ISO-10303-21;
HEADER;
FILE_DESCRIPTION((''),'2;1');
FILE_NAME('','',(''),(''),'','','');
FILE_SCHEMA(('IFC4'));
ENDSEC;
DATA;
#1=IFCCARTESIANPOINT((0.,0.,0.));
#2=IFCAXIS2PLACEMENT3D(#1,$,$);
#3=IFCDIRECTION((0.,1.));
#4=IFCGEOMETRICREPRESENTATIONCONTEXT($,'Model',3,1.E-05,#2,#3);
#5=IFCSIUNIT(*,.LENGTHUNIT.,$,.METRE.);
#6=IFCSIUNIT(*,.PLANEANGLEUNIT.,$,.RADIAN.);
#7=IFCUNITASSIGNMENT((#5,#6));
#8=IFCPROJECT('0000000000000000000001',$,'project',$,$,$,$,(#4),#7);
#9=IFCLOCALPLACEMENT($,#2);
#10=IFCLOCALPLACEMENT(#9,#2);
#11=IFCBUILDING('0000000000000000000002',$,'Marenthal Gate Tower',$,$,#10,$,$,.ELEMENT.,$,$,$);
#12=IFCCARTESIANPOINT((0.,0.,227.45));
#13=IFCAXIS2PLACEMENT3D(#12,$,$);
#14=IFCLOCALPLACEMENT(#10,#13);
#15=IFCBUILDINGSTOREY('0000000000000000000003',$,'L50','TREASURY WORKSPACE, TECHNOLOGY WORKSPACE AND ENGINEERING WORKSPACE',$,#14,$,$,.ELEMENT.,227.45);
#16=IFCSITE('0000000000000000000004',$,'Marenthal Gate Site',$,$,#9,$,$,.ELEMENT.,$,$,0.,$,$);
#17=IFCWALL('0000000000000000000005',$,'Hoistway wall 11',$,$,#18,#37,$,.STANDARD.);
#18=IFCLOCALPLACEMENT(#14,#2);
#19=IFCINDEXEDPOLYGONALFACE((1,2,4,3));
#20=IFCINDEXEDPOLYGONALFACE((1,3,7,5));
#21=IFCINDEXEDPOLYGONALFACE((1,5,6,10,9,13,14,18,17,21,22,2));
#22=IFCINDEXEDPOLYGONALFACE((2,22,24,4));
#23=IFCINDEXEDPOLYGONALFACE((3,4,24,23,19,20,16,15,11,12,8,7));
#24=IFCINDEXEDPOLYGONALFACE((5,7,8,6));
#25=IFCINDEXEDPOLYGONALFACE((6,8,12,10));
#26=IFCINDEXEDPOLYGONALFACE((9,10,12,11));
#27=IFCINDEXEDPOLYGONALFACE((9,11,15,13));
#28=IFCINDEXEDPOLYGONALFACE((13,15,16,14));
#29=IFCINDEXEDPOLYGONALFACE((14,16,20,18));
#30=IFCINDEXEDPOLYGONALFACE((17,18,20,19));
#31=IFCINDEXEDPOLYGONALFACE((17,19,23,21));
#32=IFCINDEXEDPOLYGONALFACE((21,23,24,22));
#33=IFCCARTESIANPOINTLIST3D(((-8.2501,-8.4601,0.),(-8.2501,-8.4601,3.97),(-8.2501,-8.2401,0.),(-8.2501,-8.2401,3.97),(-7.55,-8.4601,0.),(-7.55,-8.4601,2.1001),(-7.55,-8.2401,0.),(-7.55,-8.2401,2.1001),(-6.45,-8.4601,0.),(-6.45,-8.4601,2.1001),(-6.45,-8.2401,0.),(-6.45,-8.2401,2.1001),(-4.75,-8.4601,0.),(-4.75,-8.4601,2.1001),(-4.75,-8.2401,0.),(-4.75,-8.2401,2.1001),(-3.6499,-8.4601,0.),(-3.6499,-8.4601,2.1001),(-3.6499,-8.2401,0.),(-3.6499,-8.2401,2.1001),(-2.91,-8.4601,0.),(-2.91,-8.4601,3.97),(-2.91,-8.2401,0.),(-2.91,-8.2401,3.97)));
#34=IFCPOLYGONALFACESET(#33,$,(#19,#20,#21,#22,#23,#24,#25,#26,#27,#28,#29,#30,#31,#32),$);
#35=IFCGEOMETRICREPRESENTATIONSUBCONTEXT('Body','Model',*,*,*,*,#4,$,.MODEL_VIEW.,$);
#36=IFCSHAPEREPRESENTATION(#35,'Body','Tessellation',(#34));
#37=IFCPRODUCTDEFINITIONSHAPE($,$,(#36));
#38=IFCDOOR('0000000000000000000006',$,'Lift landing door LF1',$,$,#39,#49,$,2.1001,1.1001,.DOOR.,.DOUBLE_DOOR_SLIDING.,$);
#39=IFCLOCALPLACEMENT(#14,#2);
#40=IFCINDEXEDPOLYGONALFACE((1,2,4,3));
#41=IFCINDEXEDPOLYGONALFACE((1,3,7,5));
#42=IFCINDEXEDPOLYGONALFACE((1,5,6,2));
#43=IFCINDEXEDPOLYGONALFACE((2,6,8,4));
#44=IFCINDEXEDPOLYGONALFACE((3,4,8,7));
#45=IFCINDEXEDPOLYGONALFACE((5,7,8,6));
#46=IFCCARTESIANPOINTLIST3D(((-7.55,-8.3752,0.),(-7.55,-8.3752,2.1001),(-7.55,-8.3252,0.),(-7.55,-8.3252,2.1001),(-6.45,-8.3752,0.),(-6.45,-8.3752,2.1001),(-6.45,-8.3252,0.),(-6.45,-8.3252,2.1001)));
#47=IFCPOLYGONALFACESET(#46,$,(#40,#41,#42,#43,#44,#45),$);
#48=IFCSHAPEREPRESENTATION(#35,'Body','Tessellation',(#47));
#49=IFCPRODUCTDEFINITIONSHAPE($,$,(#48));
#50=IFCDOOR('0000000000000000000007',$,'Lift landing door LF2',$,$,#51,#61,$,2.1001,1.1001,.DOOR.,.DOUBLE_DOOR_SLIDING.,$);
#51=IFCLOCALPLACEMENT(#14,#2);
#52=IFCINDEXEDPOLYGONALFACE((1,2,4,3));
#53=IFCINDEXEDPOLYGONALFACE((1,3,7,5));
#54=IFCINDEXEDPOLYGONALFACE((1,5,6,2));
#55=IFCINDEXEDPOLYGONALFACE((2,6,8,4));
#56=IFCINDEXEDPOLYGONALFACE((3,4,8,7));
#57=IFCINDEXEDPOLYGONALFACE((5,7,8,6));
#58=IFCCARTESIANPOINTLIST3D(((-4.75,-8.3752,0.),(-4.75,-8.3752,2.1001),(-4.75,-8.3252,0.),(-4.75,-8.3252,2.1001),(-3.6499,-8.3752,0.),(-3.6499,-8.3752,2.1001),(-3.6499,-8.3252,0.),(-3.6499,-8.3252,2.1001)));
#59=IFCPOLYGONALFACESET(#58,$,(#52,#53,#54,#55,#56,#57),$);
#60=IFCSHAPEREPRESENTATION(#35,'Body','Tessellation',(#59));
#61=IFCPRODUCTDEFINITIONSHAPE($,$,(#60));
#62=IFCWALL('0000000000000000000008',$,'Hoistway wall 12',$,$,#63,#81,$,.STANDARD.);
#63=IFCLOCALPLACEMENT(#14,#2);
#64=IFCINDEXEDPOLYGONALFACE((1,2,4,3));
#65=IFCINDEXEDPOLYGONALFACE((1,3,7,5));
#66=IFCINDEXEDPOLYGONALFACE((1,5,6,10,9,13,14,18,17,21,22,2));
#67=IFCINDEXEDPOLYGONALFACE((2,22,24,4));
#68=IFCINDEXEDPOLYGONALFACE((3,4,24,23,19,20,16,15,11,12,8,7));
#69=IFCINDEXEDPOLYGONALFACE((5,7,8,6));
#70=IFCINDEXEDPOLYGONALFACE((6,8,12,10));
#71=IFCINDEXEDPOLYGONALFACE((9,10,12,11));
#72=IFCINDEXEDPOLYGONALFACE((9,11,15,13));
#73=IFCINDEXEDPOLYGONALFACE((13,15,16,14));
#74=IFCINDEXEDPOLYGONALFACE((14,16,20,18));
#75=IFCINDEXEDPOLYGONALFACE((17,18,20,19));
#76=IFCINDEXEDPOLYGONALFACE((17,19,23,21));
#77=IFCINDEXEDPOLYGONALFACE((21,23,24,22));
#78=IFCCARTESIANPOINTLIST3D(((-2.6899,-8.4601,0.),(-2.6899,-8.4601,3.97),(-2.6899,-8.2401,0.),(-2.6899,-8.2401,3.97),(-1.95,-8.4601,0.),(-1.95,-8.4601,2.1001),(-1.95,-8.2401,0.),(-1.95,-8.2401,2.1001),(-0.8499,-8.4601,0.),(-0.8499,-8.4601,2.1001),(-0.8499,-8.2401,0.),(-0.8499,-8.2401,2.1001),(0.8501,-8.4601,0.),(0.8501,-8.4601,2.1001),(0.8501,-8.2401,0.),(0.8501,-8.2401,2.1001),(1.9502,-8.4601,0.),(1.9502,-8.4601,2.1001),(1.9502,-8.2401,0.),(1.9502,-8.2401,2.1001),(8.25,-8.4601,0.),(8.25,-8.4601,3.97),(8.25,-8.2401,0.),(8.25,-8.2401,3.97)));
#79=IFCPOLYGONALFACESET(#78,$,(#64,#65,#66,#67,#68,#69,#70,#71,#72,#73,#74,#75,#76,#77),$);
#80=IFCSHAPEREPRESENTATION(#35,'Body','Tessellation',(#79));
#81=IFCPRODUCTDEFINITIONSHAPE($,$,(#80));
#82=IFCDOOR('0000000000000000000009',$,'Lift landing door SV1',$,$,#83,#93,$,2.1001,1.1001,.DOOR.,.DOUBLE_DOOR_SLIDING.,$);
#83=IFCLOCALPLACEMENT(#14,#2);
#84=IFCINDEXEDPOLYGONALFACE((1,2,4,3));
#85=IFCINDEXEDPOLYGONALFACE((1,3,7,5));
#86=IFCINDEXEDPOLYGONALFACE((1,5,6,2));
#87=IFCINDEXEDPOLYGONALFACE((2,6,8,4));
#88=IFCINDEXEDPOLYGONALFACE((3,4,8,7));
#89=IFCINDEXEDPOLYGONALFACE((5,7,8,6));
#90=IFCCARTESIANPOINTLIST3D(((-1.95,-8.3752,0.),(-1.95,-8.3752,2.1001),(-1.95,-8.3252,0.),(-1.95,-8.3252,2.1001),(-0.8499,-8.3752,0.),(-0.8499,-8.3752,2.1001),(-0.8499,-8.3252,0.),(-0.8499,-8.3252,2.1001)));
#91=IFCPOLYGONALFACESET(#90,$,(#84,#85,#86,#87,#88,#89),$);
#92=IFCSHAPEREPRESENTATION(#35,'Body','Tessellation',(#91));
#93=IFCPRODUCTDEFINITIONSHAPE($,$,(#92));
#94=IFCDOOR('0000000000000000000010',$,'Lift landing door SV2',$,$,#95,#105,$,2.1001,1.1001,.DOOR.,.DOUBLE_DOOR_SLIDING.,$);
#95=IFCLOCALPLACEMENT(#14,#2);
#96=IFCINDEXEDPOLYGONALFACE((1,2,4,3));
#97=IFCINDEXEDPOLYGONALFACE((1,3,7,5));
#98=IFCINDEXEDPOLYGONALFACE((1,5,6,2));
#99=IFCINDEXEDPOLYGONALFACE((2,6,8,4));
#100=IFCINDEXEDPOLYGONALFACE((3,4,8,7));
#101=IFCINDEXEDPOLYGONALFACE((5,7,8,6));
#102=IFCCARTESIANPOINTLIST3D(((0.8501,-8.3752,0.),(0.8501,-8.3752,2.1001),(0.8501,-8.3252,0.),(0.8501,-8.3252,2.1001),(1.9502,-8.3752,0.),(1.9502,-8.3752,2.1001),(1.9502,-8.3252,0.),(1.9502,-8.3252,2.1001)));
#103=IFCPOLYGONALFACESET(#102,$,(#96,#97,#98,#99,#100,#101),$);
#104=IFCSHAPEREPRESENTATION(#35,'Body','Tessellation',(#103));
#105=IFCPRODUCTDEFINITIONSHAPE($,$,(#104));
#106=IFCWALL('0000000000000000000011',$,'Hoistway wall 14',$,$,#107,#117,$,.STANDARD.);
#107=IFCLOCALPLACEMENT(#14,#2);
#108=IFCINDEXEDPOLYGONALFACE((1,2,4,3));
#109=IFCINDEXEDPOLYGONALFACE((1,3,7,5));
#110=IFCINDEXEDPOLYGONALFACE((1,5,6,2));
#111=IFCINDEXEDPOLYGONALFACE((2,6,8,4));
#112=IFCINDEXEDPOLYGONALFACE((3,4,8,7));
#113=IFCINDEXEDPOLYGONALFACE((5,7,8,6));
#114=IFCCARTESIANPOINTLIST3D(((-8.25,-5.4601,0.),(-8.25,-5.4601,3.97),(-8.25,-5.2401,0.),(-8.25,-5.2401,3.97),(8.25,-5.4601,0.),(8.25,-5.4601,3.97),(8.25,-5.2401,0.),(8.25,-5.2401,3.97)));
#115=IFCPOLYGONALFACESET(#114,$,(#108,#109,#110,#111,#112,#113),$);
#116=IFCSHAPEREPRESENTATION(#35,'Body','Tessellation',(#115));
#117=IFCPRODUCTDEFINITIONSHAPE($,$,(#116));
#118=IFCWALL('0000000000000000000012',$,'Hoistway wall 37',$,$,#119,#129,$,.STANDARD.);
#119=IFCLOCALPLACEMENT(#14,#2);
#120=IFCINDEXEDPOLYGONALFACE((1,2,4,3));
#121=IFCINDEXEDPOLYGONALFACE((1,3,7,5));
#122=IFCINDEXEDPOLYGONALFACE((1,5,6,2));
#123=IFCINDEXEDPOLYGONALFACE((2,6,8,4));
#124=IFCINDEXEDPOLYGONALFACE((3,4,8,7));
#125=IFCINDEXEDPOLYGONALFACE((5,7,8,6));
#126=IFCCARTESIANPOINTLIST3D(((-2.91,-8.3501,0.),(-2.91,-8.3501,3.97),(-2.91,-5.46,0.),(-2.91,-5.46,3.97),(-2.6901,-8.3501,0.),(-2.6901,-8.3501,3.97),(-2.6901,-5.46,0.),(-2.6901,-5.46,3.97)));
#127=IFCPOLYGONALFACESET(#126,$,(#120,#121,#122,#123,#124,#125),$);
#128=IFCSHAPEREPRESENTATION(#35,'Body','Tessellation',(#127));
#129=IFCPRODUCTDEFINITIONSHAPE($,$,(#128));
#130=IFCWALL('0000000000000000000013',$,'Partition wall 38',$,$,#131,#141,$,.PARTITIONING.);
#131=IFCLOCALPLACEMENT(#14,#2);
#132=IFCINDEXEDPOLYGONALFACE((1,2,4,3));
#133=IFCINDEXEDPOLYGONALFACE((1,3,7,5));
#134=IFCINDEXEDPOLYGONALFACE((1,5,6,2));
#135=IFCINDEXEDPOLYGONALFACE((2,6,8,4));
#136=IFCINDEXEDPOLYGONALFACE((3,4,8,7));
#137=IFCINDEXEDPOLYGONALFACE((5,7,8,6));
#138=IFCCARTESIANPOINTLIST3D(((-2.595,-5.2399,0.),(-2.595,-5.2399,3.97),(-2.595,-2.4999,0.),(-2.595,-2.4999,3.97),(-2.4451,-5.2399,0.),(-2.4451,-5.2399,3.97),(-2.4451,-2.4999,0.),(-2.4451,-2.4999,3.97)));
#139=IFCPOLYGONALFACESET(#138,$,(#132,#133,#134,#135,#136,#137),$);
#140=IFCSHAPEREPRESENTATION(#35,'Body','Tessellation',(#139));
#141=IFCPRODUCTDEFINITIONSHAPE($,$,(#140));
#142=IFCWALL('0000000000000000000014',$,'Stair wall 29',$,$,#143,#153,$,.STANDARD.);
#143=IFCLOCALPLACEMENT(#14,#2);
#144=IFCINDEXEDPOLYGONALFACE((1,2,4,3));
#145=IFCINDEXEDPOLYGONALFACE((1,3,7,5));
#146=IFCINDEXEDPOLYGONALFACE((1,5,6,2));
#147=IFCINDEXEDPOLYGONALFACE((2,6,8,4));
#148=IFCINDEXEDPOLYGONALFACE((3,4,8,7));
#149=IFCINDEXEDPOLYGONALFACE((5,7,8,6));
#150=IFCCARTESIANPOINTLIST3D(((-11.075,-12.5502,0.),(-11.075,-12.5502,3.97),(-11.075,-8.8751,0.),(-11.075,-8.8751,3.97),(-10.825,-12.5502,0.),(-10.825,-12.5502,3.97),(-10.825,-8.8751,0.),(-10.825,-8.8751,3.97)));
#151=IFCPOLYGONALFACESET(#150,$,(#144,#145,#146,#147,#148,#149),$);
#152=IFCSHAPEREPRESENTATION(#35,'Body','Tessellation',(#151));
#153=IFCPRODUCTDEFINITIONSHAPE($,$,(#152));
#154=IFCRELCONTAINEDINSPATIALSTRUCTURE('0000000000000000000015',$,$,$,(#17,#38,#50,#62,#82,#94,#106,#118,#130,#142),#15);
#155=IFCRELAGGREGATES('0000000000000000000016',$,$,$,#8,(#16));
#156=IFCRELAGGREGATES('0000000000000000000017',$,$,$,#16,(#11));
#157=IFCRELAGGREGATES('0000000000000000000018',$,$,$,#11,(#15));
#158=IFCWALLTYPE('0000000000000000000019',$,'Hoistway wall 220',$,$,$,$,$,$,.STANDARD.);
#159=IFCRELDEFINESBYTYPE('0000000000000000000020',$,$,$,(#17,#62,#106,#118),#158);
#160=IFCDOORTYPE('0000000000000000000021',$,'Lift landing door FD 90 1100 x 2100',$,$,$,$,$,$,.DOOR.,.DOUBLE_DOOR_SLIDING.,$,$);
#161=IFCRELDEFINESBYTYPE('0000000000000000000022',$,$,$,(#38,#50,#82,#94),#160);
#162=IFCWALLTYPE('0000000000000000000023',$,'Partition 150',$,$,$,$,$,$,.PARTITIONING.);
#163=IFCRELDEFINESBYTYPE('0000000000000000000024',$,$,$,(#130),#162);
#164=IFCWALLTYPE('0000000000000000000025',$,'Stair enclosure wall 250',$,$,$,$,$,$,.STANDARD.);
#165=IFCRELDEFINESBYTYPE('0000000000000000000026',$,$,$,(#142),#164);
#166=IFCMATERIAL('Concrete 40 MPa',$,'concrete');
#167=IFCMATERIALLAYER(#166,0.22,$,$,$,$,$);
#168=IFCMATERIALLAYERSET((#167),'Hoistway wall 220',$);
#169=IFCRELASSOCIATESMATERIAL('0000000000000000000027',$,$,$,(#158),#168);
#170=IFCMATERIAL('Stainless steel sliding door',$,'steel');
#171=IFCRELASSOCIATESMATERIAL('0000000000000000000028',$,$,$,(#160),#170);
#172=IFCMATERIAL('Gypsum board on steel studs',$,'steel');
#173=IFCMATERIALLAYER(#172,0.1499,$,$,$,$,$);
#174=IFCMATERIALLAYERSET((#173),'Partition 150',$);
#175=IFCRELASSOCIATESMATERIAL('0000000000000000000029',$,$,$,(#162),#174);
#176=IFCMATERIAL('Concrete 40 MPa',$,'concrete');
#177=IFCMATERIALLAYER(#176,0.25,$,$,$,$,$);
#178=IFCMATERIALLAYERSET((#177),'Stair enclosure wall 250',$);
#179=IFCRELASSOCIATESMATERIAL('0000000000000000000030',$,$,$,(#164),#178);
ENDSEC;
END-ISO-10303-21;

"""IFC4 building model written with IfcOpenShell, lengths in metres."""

from ifc_helpers import new_model, si_unit, direction, frame, frame_2d, origin, place, context, subcontext, project, spatial, rectangle, extrude, material, layer, layer_set, type_object, element, fill, save


model = new_model("IFC4")

# Units and contexts
model_context = context("Model", 3, precision=1e-05, world=origin(), true_north=direction((0.0, 1.0)))
body_context = subcontext(model_context, "Body", "Model", "MODEL_VIEW")
ifc_project = project(units=[si_unit("LENGTHUNIT", "METRE"), si_unit("PLANEANGLEUNIT", "RADIAN")], contexts=[model_context])

# Site, building, storey
site_placement = place(None, origin())
site = spatial("IfcSite", under=ifc_project, at=site_placement, Name="Marenthal Gate Site", CompositionType="ELEMENT", RefElevation=0.0)
building_placement = place(site_placement, origin())
building = spatial("IfcBuilding", under=site, at=building_placement, Name="Marenthal Gate Tower", CompositionType="ELEMENT")
storey_placement = place(building_placement, frame((0.0, 0.0, 227.45)))
storey = spatial("IfcBuildingStorey", under=building, at=storey_placement, Name="L50", Description="TREASURY WORKSPACE, TECHNOLOGY WORKSPACE AND ENGINEERING WORKSPACE", CompositionType="ELEMENT", Elevation=227.45)

# Walls, openings, doors
ifc_material_1 = material(Name="Concrete 40 MPa", Category="concrete")
ifc_layer_1 = layer(ifc_material_1, 0.22)
ifc_layer_set_1 = layer_set([ifc_layer_1], Name="Hoistway wall 220")
wall_type_1 = type_object("IfcWallType", Name="Hoistway wall 220", PredefinedType="STANDARD", material=ifc_layer_set_1)
wall_1_placement = place(storey_placement, frame((-8.25, -8.3501, 0.0), z_axis=(0.0, 0.0, 1.0), x_axis=(1.0, 0.0, 0.0)))
wall_1 = element("IfcWall", 1, at=wall_1_placement, inside=storey, type_object=wall_type_1, Name="Hoistway wall 11", PredefinedType="STANDARD", context=body_context, shape_type="SweptSolid", body=[
    extrude(rectangle(XDim=5.3401, YDim=0.22, at=frame_2d((2.6699, 0.0))), origin(), (0.0, 0.0, 1.0), 3.97),
])
opening_1_placement = place(wall_1_placement, frame((0.7, 0.0, 0.0)))
opening_1 = element("IfcOpeningElement", 2, at=opening_1_placement, cuts=wall_1, PredefinedType="OPENING", context=body_context, shape_type="SweptSolid", body=[
    extrude(rectangle(XDim=1.1001, YDim=2.1001, at=frame_2d((0.55, 1.05))), frame((0.0, 0.1201, 0.0), z_axis=(0.0, -1.0, 0.0), x_axis=(1.0, 0.0, 0.0)), (0.0, 0.0, 1.0), 0.24),
])
opening_2_placement = place(wall_1_placement, frame((3.5, 0.0, 0.0)))
opening_2 = element("IfcOpeningElement", 3, at=opening_2_placement, cuts=wall_1, PredefinedType="OPENING", context=body_context, shape_type="SweptSolid", body=[
    extrude(rectangle(XDim=1.1001, YDim=2.1001, at=frame_2d((0.55, 1.05))), frame((0.0, 0.1201, 0.0), z_axis=(0.0, -1.0, 0.0), x_axis=(1.0, 0.0, 0.0)), (0.0, 0.0, 1.0), 0.24),
])
ifc_material_2 = material(Name="Stainless steel sliding door", Category="steel")
door_type_1 = type_object("IfcDoorType", Name="Lift landing door FD 90 1100 x 2100", OperationType="DOUBLE_DOOR_SLIDING", PredefinedType="DOOR", material=ifc_material_2)
door_1_placement = place(opening_1_placement, origin())
door_1 = element("IfcDoor", 4, at=door_1_placement, inside=storey, type_object=door_type_1, Name="Lift landing door LF1", OperationType="DOUBLE_DOOR_SLIDING", OverallHeight=2.1001, OverallWidth=1.1001, PredefinedType="DOOR", context=body_context, shape_type="SweptSolid", body=[
    extrude(rectangle(XDim=1.1001, YDim=2.1001, at=frame_2d((0.55, 1.05))), frame((0.0, 0.0249, 0.0), z_axis=(0.0, -1.0, 0.0), x_axis=(1.0, 0.0, 0.0)), (0.0, 0.0, 1.0), 0.05),
])
fill(opening_1, door_1)
door_2_placement = place(opening_2_placement, origin())
door_2 = element("IfcDoor", 5, at=door_2_placement, inside=storey, type_object=door_type_1, Name="Lift landing door LF2", OperationType="DOUBLE_DOOR_SLIDING", OverallHeight=2.1001, OverallWidth=1.1001, PredefinedType="DOOR", context=body_context, shape_type="SweptSolid", body=[
    extrude(rectangle(XDim=1.1001, YDim=2.1001, at=frame_2d((0.55, 1.05))), frame((0.0, 0.0249, 0.0), z_axis=(0.0, -1.0, 0.0), x_axis=(1.0, 0.0, 0.0)), (0.0, 0.0, 1.0), 0.05),
])
fill(opening_2, door_2)
wall_2_placement = place(storey_placement, frame((-2.6899, -8.3501, 0.0), z_axis=(0.0, 0.0, 1.0), x_axis=(1.0, 0.0, 0.0)))
wall_2 = element("IfcWall", 6, at=wall_2_placement, inside=storey, type_object=wall_type_1, Name="Hoistway wall 12", PredefinedType="STANDARD", context=body_context, shape_type="SweptSolid", body=[
    extrude(rectangle(XDim=10.9399, YDim=0.22, at=frame_2d((5.47, 0.0))), origin(), (0.0, 0.0, 1.0), 3.97),
])
opening_3_placement = place(wall_2_placement, frame((0.74, 0.0, 0.0)))
opening_3 = element("IfcOpeningElement", 7, at=opening_3_placement, cuts=wall_2, PredefinedType="OPENING", context=body_context, shape_type="SweptSolid", body=[
    extrude(rectangle(XDim=1.1001, YDim=2.1001, at=frame_2d((0.55, 1.05))), frame((0.0, 0.1201, 0.0), z_axis=(0.0, -1.0, 0.0), x_axis=(1.0, 0.0, 0.0)), (0.0, 0.0, 1.0), 0.24),
])
opening_4_placement = place(wall_2_placement, frame((3.54, 0.0, 0.0)))
opening_4 = element("IfcOpeningElement", 8, at=opening_4_placement, cuts=wall_2, PredefinedType="OPENING", context=body_context, shape_type="SweptSolid", body=[
    extrude(rectangle(XDim=1.1001, YDim=2.1001, at=frame_2d((0.55, 1.05))), frame((0.0, 0.1201, 0.0), z_axis=(0.0, -1.0, 0.0), x_axis=(1.0, 0.0, 0.0)), (0.0, 0.0, 1.0), 0.24),
])
door_3_placement = place(opening_3_placement, origin())
door_3 = element("IfcDoor", 9, at=door_3_placement, inside=storey, type_object=door_type_1, Name="Lift landing door SV1", OperationType="DOUBLE_DOOR_SLIDING", OverallHeight=2.1001, OverallWidth=1.1001, PredefinedType="DOOR", context=body_context, shape_type="SweptSolid", body=[
    extrude(rectangle(XDim=1.1001, YDim=2.1001, at=frame_2d((0.55, 1.05))), frame((0.0, 0.0249, 0.0), z_axis=(0.0, -1.0, 0.0), x_axis=(1.0, 0.0, 0.0)), (0.0, 0.0, 1.0), 0.05),
])
fill(opening_3, door_3)
door_4_placement = place(opening_4_placement, origin())
door_4 = element("IfcDoor", 10, at=door_4_placement, inside=storey, type_object=door_type_1, Name="Lift landing door SV2", OperationType="DOUBLE_DOOR_SLIDING", OverallHeight=2.1001, OverallWidth=1.1001, PredefinedType="DOOR", context=body_context, shape_type="SweptSolid", body=[
    extrude(rectangle(XDim=1.1001, YDim=2.1001, at=frame_2d((0.55, 1.05))), frame((0.0, 0.0249, 0.0), z_axis=(0.0, -1.0, 0.0), x_axis=(1.0, 0.0, 0.0)), (0.0, 0.0, 1.0), 0.05),
])
fill(opening_4, door_4)

# Walls
wall_3_placement = place(storey_placement, frame((-8.25, -5.3501, 0.0), z_axis=(0.0, 0.0, 1.0), x_axis=(1.0, 0.0, 0.0)))
element("IfcWall", 11, at=wall_3_placement, inside=storey, type_object=wall_type_1, Name="Hoistway wall 14", PredefinedType="STANDARD", context=body_context, shape_type="SweptSolid", body=[
    extrude(rectangle(XDim=16.5, YDim=0.22, at=frame_2d((8.25, 0.0))), origin(), (0.0, 0.0, 1.0), 3.97),
])
wall_4_placement = place(storey_placement, frame((-2.8, -8.3501, 0.0), z_axis=(0.0, 0.0, 1.0), x_axis=(0.0, 1.0, 0.0)))
element("IfcWall", 12, at=wall_4_placement, inside=storey, type_object=wall_type_1, Name="Hoistway wall 37", PredefinedType="STANDARD", context=body_context, shape_type="SweptSolid", body=[
    extrude(rectangle(XDim=2.8901, YDim=0.22, at=frame_2d((1.4451, 0.0))), origin(), (0.0, 0.0, 1.0), 3.97),
])
ifc_material_3 = material(Name="Gypsum board on steel studs", Category="steel")
ifc_layer_2 = layer(ifc_material_3, 0.1499)
ifc_layer_set_2 = layer_set([ifc_layer_2], Name="Partition 150")
wall_type_2 = type_object("IfcWallType", Name="Partition 150", PredefinedType="PARTITIONING", material=ifc_layer_set_2)
wall_5_placement = place(storey_placement, frame((-2.52, -5.24, 0.0), z_axis=(0.0, 0.0, 1.0), x_axis=(0.0, 1.0, 0.0)))
element("IfcWall", 13, at=wall_5_placement, inside=storey, type_object=wall_type_2, Name="Partition wall 38", PredefinedType="PARTITIONING", context=body_context, shape_type="SweptSolid", body=[
    extrude(rectangle(XDim=2.74, YDim=0.1499, at=frame_2d((1.3701, 0.0))), origin(), (0.0, 0.0, 1.0), 3.97),
])
ifc_material_4 = material(Name="Concrete 40 MPa", Category="concrete")
ifc_layer_3 = layer(ifc_material_4, 0.25)
ifc_layer_set_3 = layer_set([ifc_layer_3], Name="Stair enclosure wall 250")
wall_type_3 = type_object("IfcWallType", Name="Stair enclosure wall 250", PredefinedType="STANDARD", material=ifc_layer_set_3)
wall_6_placement = place(storey_placement, frame((-10.95, -12.55, 0.0), z_axis=(0.0, 0.0, 1.0), x_axis=(0.0, 1.0, 0.0)))
element("IfcWall", 14, at=wall_6_placement, inside=storey, type_object=wall_type_3, Name="Stair wall 29", PredefinedType="STANDARD", context=body_context, shape_type="SweptSolid", body=[
    extrude(rectangle(XDim=3.675, YDim=0.25, at=frame_2d((1.8374, 0.0))), origin(), (0.0, 0.0, 1.0), 3.97),
])

save(model, "model.ifc")
